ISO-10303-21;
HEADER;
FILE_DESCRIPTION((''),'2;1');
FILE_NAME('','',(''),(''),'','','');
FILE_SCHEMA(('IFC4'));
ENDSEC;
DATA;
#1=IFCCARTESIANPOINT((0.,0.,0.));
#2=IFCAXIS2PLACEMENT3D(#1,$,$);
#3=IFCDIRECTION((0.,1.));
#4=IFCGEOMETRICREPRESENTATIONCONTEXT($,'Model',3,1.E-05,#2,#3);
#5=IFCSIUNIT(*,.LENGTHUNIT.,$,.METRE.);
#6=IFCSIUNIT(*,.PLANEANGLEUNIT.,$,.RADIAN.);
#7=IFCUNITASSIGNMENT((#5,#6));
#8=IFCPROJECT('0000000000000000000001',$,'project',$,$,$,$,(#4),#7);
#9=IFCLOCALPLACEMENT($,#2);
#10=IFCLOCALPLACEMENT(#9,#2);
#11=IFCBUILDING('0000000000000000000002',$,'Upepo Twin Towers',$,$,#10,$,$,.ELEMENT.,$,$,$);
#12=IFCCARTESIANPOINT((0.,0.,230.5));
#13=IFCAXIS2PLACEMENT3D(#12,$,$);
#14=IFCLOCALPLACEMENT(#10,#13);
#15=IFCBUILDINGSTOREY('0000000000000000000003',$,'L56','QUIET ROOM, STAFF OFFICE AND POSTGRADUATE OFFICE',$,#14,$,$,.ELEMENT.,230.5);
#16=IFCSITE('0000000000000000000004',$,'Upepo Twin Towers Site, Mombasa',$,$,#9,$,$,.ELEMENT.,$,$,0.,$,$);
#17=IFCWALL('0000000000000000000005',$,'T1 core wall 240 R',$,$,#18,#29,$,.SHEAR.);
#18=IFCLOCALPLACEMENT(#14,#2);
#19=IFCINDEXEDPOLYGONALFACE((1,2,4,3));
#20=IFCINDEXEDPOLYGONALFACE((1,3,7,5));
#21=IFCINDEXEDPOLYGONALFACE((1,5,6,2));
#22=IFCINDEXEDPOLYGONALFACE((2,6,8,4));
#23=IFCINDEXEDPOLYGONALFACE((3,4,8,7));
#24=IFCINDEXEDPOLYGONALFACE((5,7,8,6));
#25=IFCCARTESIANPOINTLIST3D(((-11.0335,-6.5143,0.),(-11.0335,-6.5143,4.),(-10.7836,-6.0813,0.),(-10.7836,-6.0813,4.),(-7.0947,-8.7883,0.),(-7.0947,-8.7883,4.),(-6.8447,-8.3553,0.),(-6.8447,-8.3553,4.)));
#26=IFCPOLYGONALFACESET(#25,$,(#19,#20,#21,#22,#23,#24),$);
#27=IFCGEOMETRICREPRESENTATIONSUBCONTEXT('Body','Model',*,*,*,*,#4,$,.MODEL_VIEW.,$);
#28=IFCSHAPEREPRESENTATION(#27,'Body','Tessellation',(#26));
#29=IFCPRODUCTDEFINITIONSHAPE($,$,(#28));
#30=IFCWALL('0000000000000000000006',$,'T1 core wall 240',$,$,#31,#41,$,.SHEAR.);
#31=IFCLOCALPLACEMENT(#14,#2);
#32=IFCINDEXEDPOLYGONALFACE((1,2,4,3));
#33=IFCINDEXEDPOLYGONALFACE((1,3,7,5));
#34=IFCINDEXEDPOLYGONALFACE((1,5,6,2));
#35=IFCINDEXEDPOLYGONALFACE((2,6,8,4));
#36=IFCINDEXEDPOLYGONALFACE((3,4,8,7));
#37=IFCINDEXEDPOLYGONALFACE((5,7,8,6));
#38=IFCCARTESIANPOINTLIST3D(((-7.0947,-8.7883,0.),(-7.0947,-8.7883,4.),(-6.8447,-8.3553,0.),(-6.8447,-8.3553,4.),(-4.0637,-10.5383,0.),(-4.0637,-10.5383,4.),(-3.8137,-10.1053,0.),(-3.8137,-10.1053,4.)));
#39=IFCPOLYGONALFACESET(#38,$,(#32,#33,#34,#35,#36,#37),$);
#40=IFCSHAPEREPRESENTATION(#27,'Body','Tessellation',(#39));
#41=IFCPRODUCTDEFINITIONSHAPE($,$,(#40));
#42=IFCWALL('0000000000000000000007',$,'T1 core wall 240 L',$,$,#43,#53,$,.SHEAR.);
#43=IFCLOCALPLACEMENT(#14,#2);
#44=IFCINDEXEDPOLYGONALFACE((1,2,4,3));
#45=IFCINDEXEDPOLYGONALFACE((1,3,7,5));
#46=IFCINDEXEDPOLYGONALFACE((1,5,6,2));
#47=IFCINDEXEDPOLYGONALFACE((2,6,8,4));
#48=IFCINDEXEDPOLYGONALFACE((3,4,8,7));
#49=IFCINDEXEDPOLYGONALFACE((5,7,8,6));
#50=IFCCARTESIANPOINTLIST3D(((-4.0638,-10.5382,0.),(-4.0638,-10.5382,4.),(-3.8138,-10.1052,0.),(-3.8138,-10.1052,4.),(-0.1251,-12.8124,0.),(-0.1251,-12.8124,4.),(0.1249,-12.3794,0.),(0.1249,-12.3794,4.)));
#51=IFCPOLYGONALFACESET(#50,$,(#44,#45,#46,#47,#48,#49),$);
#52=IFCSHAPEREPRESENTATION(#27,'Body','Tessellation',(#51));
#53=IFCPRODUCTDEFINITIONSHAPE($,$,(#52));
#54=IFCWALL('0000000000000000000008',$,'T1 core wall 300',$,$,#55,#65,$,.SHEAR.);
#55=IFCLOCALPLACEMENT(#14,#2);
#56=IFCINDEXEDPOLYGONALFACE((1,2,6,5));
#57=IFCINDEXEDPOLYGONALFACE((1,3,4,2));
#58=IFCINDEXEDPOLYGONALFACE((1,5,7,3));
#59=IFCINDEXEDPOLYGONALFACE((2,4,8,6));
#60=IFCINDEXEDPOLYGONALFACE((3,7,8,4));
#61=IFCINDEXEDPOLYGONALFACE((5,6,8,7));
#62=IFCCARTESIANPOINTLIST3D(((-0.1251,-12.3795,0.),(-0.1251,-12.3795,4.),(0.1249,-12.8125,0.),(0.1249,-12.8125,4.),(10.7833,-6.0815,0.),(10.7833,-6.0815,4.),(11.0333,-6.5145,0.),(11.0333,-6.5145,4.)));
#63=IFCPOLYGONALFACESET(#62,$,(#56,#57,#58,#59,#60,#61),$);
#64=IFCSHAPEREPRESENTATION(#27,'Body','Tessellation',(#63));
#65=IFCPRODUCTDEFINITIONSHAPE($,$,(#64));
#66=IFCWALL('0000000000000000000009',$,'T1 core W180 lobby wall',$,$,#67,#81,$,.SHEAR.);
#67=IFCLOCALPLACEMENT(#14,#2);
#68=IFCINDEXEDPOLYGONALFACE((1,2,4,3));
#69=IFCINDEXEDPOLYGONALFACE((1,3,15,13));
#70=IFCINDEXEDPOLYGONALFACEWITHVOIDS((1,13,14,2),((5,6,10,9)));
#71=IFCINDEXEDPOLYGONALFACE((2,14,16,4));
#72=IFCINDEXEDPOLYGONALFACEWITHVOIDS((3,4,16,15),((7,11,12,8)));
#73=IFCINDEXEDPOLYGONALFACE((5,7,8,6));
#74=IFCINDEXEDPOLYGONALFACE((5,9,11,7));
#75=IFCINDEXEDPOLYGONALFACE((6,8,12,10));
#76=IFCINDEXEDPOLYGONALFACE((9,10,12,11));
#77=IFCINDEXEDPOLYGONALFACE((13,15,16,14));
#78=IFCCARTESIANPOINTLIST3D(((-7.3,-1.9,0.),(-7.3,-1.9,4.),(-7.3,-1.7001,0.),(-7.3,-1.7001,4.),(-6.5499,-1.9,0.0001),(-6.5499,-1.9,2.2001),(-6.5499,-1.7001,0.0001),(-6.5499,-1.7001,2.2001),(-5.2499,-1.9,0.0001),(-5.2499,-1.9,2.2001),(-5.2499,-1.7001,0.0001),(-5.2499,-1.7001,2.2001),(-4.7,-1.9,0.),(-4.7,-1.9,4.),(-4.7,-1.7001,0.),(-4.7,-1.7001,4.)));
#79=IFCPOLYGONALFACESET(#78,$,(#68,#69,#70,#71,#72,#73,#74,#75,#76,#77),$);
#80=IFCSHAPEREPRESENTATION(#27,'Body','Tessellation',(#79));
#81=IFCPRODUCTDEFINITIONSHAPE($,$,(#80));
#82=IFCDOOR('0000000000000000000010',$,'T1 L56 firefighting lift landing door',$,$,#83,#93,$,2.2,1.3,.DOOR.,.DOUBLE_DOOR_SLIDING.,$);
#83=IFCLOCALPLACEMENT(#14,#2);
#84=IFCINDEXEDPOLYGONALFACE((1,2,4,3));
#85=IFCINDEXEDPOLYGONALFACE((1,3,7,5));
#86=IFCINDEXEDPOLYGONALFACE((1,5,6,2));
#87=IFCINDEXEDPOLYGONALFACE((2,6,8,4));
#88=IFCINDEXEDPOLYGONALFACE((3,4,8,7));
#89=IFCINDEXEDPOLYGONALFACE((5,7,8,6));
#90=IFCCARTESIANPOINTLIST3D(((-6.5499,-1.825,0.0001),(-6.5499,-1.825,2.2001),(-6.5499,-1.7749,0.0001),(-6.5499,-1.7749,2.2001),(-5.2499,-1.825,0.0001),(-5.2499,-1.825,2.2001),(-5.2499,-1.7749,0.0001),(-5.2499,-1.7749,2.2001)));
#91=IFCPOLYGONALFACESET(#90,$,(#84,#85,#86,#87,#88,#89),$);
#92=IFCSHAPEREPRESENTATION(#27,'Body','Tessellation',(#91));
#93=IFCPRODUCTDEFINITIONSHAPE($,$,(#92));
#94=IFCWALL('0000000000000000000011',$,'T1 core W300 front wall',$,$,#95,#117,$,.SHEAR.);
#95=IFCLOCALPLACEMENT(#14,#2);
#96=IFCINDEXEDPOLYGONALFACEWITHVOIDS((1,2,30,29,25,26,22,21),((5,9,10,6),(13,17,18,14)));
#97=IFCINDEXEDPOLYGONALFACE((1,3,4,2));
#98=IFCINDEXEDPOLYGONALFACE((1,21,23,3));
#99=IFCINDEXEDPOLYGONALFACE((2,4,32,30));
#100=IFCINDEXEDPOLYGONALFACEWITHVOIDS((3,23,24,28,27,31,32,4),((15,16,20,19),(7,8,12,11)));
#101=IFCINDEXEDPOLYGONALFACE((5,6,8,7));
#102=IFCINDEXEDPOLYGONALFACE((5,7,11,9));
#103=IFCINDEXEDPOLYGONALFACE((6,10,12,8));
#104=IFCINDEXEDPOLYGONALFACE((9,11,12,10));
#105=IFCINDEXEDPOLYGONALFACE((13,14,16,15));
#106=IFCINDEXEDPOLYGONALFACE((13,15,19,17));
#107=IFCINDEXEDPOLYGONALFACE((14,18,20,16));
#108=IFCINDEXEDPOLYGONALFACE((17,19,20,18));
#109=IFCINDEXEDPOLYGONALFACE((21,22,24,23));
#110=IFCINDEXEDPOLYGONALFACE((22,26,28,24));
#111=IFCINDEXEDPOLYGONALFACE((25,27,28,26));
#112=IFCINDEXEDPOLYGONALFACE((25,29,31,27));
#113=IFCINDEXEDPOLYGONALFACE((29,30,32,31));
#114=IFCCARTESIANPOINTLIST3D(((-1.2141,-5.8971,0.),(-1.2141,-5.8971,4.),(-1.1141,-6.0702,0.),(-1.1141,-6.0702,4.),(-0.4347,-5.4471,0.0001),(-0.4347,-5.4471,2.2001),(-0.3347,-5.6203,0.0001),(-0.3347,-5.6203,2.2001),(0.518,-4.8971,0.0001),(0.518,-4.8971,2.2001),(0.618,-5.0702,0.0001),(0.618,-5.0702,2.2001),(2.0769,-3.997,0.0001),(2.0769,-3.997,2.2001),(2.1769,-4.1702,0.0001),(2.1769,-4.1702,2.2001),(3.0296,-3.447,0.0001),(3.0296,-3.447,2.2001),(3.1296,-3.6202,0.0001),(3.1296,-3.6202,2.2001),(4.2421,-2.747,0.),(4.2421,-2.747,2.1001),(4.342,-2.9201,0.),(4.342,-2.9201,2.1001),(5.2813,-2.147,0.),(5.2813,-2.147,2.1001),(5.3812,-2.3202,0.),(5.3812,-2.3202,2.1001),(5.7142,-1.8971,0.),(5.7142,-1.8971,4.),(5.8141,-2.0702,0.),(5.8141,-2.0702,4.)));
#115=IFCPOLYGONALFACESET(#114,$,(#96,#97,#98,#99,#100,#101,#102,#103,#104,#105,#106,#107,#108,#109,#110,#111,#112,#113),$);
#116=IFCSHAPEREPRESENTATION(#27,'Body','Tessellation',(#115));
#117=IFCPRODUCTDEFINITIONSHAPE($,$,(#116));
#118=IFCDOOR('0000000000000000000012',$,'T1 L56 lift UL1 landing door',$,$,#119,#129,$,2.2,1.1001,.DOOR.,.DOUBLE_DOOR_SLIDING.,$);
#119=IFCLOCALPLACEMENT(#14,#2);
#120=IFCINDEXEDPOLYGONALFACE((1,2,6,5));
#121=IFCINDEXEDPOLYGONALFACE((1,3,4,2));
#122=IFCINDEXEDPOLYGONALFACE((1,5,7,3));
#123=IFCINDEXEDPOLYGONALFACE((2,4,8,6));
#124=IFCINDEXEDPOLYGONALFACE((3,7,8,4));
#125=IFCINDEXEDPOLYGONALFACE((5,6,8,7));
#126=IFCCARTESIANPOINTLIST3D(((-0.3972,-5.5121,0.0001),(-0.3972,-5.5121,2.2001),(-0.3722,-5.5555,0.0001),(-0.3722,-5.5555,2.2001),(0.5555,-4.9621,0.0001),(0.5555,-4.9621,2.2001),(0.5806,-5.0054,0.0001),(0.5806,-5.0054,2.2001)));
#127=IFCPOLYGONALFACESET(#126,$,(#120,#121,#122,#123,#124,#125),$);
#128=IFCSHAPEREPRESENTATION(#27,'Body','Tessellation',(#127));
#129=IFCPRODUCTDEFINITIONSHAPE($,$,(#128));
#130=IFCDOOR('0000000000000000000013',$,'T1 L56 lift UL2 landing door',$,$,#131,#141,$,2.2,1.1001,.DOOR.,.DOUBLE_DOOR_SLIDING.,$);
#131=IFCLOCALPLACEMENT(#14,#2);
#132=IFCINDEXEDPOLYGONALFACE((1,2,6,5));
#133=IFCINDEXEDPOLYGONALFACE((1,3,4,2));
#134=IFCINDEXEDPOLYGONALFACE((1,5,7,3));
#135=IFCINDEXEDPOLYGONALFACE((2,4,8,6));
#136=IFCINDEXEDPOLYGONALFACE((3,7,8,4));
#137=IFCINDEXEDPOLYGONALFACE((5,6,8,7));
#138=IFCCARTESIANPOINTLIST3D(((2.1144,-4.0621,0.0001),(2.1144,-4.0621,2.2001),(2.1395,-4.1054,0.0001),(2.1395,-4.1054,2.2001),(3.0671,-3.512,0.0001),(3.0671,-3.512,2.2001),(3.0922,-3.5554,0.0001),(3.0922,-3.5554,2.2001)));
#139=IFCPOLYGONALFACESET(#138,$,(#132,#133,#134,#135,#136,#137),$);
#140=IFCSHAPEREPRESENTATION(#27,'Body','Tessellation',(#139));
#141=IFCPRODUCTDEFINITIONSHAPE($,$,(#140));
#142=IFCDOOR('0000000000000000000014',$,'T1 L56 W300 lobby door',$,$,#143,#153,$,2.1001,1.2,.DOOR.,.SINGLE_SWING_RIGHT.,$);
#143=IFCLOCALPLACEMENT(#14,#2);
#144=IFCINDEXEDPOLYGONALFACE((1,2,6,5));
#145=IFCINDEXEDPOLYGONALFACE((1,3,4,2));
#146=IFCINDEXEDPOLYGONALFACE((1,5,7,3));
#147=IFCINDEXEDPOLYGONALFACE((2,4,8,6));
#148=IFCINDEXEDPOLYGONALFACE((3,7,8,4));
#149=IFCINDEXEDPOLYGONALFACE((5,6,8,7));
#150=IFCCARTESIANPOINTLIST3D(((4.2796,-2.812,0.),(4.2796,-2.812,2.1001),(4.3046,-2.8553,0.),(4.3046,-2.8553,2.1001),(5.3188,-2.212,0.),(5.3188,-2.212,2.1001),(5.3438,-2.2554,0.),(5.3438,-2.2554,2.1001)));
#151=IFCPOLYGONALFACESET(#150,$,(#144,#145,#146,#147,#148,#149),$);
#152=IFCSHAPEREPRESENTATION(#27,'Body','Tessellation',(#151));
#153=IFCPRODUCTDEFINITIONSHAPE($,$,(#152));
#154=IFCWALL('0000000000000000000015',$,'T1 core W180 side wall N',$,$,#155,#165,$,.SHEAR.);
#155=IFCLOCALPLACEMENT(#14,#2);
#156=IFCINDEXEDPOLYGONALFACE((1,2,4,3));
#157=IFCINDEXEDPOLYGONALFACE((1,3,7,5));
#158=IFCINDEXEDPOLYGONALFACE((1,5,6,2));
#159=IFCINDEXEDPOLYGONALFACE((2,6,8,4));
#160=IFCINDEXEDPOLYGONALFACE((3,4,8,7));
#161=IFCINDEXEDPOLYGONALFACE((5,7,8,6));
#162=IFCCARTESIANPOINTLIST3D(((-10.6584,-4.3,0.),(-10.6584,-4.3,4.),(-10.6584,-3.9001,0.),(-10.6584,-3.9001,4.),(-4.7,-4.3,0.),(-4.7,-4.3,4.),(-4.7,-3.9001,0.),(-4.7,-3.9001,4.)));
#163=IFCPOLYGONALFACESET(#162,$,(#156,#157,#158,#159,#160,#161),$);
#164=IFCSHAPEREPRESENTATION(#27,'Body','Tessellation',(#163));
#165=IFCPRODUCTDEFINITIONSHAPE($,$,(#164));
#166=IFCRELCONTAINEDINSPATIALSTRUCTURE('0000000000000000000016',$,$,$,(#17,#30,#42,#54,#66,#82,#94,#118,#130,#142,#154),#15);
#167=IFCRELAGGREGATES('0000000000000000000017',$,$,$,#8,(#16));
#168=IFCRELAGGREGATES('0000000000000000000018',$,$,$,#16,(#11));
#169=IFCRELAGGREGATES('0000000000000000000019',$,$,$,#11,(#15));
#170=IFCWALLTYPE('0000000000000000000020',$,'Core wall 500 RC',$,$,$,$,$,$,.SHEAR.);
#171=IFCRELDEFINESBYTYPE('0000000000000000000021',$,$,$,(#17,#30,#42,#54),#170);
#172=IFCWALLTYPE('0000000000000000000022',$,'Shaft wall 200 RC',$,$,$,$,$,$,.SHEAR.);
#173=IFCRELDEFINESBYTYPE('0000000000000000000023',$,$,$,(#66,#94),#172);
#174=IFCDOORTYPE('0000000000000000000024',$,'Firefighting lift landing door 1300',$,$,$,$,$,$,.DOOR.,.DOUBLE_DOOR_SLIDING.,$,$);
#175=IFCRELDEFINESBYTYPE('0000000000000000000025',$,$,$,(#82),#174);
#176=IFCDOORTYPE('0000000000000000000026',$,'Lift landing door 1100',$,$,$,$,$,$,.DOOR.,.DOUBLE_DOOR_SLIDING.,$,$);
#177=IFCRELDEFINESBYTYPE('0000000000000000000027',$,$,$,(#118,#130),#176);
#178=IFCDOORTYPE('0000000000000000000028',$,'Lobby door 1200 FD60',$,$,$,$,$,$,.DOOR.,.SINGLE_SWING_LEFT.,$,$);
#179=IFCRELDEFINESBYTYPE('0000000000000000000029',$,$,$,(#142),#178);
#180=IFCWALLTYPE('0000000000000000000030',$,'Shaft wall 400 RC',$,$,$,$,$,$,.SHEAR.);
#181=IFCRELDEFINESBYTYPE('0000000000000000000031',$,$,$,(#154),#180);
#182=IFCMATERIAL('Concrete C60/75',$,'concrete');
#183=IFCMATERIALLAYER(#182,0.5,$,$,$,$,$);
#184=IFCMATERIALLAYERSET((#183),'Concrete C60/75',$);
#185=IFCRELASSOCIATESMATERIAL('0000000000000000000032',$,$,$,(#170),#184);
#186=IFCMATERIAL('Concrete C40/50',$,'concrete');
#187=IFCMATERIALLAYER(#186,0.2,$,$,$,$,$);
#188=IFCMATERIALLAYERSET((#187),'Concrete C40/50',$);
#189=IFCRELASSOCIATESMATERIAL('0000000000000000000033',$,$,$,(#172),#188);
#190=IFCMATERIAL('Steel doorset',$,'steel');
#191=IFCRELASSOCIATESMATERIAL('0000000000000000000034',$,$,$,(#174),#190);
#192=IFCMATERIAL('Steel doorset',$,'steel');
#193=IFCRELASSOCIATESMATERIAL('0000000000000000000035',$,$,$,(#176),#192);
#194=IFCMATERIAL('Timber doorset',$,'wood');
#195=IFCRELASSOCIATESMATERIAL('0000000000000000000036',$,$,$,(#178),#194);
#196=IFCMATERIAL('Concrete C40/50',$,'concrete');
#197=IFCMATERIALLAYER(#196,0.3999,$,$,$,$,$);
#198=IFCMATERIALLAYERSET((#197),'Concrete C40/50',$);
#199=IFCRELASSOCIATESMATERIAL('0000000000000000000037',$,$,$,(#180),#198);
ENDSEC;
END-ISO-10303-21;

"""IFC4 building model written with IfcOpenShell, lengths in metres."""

from ifc_helpers import new_model, si_unit, direction, frame, frame_2d, origin, place, context, subcontext, project, spatial, rectangle, extrude, material, layer, layer_set, type_object, element, fill, save


model = new_model("IFC4")

# Units and contexts
model_context = context("Model", 3, precision=1e-05, world=origin(), true_north=direction((0.0, 1.0)))
body_context = subcontext(model_context, "Body", "Model", "MODEL_VIEW")
ifc_project = project(units=[si_unit("LENGTHUNIT", "METRE"), si_unit("PLANEANGLEUNIT", "RADIAN")], contexts=[model_context])

# Site, building, storey
site_placement = place(None, origin())
site = spatial("IfcSite", under=ifc_project, at=site_placement, Name="Upepo Twin Towers Site, Mombasa", CompositionType="ELEMENT", RefElevation=0.0)
building_placement = place(site_placement, origin())
building = spatial("IfcBuilding", under=site, at=building_placement, Name="Upepo Twin Towers", CompositionType="ELEMENT")
storey_placement = place(building_placement, frame((0.0, 0.0, 230.5)))
storey = spatial("IfcBuildingStorey", under=building, at=storey_placement, Name="L56", Description="QUIET ROOM, STAFF OFFICE AND POSTGRADUATE OFFICE", CompositionType="ELEMENT", Elevation=230.5)

# Walls
ifc_material_1 = material(Name="Concrete C60/75", Category="concrete")
ifc_layer_1 = layer(ifc_material_1, 0.5)
ifc_layer_set_1 = layer_set([ifc_layer_1], Name="Concrete C60/75")
wall_type_1 = type_object("IfcWallType", Name="Core wall 500 RC", PredefinedType="SHEAR", material=ifc_layer_set_1)
wall_1_placement = place(storey_placement, frame((-10.9084, -6.2979, 0.0), z_axis=(0.0, 0.0, 1.0), x_axis=(0.866035, -0.499984, 0.0)))
element("IfcWall", 1, at=wall_1_placement, inside=storey, type_object=wall_type_1, Name="T1 core wall 240 R", PredefinedType="SHEAR", context=body_context, shape_type="SweptSolid", body=[
    extrude(rectangle(XDim=4.5481, YDim=0.5, at=frame_2d((2.2739, 0.0))), origin(), (0.0, 0.0, 1.0), 4.0),
])
wall_2_placement = place(storey_placement, frame((-6.9697, -8.5718, 0.0), z_axis=(0.0, 0.0, 1.0), x_axis=(0.866019, -0.50001, 0.0)))
element("IfcWall", 2, at=wall_2_placement, inside=storey, type_object=wall_type_1, Name="T1 core wall 240", PredefinedType="SHEAR", context=body_context, shape_type="SweptSolid", body=[
    extrude(rectangle(XDim=3.5, YDim=0.5, at=frame_2d((1.75, 0.0))), origin(), (0.0, 0.0, 1.0), 4.0),
])
wall_3_placement = place(storey_placement, frame((-3.9387, -10.3218, 0.0), z_axis=(0.0, 0.0, 1.0), x_axis=(0.866011, -0.500024, 0.0)))
element("IfcWall", 3, at=wall_3_placement, inside=storey, type_object=wall_type_1, Name="T1 core wall 240 L", PredefinedType="SHEAR", context=body_context, shape_type="SweptSolid", body=[
    extrude(rectangle(XDim=4.5481, YDim=0.5, at=frame_2d((2.2739, 0.0))), origin(), (0.0, 0.0, 1.0), 4.0),
])
wall_4_placement = place(storey_placement, frame((0.0, -12.5959, 0.0), z_axis=(0.0, 0.0, 1.0), x_axis=(0.866022, 0.500006, 0.0)))
element("IfcWall", 4, at=wall_4_placement, inside=storey, type_object=wall_type_1, Name="T1 core wall 300", PredefinedType="SHEAR", context=body_context, shape_type="SweptSolid", body=[
    extrude(rectangle(XDim=12.5959, YDim=0.5, at=frame_2d((6.2979, 0.0))), origin(), (0.0, 0.0, 1.0), 4.0),
])

# Wall, opening, door
ifc_material_2 = material(Name="Concrete C40/50", Category="concrete")
ifc_layer_2 = layer(ifc_material_2, 0.2)
ifc_layer_set_2 = layer_set([ifc_layer_2], Name="Concrete C40/50")
wall_type_2 = type_object("IfcWallType", Name="Shaft wall 200 RC", PredefinedType="SHEAR", material=ifc_layer_set_2)
wall_5_placement = place(storey_placement, frame((-4.7, -1.8, 0.0), z_axis=(0.0, 0.0, 1.0), x_axis=(-1.0, 0.0, 0.0)))
wall_5 = element("IfcWall", 5, at=wall_5_placement, inside=storey, type_object=wall_type_2, Name="T1 core W180 lobby wall", PredefinedType="SHEAR", context=body_context, shape_type="SweptSolid", body=[
    extrude(rectangle(XDim=2.6001, YDim=0.2, at=frame_2d((1.3, 0.0))), origin(), (0.0, 0.0, 1.0), 4.0),
])
opening_1_placement = place(wall_5_placement, frame((0.55, 0.0, 0.0)))
opening_1 = element("IfcOpeningElement", 6, at=opening_1_placement, cuts=wall_5, PredefinedType="OPENING", context=body_context, shape_type="SweptSolid", body=[
    extrude(rectangle(XDim=1.3, YDim=2.2, at=frame_2d((0.6499, 1.1001))), frame((0.0, 0.1099, 0.0), z_axis=(0.0, -1.0, 0.0), x_axis=(1.0, 0.0, 0.0)), (0.0, 0.0, 1.0), 0.22),
])
ifc_material_3 = material(Name="Steel doorset", Category="steel")
door_type_1 = type_object("IfcDoorType", Name="Firefighting lift landing door 1300", OperationType="DOUBLE_DOOR_SLIDING", PredefinedType="DOOR", material=ifc_material_3)
door_1_placement = place(opening_1_placement, origin())
door_1 = element("IfcDoor", 7, at=door_1_placement, inside=storey, type_object=door_type_1, Name="T1 L56 firefighting lift landing door", OperationType="DOUBLE_DOOR_SLIDING", OverallHeight=2.2, OverallWidth=1.3, PredefinedType="DOOR", context=body_context, shape_type="SweptSolid", body=[
    extrude(rectangle(XDim=1.3, YDim=2.2, at=frame_2d((0.6499, 1.1001))), frame((0.0, 0.0249, 0.0), z_axis=(0.0, -1.0, 0.0), x_axis=(1.0, 0.0, 0.0)), (0.0, 0.0, 1.0), 0.05),
])
fill(opening_1, door_1)

# Wall, openings, doors
wall_6_placement = place(storey_placement, frame((-1.1641, -5.9836, 0.0), z_axis=(0.0, 0.0, 1.0), x_axis=(0.866026, 0.499999, 0.0)))
wall_6 = element("IfcWall", 8, at=wall_6_placement, inside=storey, type_object=wall_type_2, Name="T1 core W300 front wall", PredefinedType="SHEAR", context=body_context, shape_type="SweptSolid", body=[
    extrude(rectangle(XDim=8.0, YDim=0.2, at=frame_2d((4.0, 0.0))), origin(), (0.0, 0.0, 1.0), 4.0),
])
opening_2_placement = place(wall_6_placement, frame((6.3, 0.0, 0.0)))
opening_2 = element("IfcOpeningElement", 9, at=opening_2_placement, cuts=wall_6, PredefinedType="OPENING", context=body_context, shape_type="SweptSolid", body=[
    extrude(rectangle(XDim=1.2, YDim=2.1001, at=frame_2d((0.6001, 1.05))), frame((0.0, 0.1099, 0.0), z_axis=(0.0, -1.0, 0.0), x_axis=(1.0, 0.0, 0.0)), (0.0, 0.0, 1.0), 0.22),
])
opening_3_placement = place(wall_6_placement, frame((0.8999, 0.0, 0.0)))
opening_3 = element("IfcOpeningElement", 10, at=opening_3_placement, cuts=wall_6, PredefinedType="OPENING", context=body_context, shape_type="SweptSolid", body=[
    extrude(rectangle(XDim=1.1001, YDim=2.2, at=frame_2d((0.55, 1.1001))), frame((0.0, 0.1099, 0.0), z_axis=(0.0, -1.0, 0.0), x_axis=(1.0, 0.0, 0.0)), (0.0, 0.0, 1.0), 0.22),
])
opening_4_placement = place(wall_6_placement, frame((3.8, 0.0, 0.0)))
opening_4 = element("IfcOpeningElement", 11, at=opening_4_placement, cuts=wall_6, PredefinedType="OPENING", context=body_context, shape_type="SweptSolid", body=[
    extrude(rectangle(XDim=1.1001, YDim=2.2, at=frame_2d((0.55, 1.1001))), frame((0.0, 0.1099, 0.0), z_axis=(0.0, -1.0, 0.0), x_axis=(1.0, 0.0, 0.0)), (0.0, 0.0, 1.0), 0.22),
])
ifc_material_4 = material(Name="Steel doorset", Category="steel")
door_type_2 = type_object("IfcDoorType", Name="Lift landing door 1100", OperationType="DOUBLE_DOOR_SLIDING", PredefinedType="DOOR", material=ifc_material_4)
door_2_placement = place(opening_3_placement, origin())
door_2 = element("IfcDoor", 12, at=door_2_placement, inside=storey, type_object=door_type_2, Name="T1 L56 lift UL1 landing door", OperationType="DOUBLE_DOOR_SLIDING", OverallHeight=2.2, OverallWidth=1.1001, PredefinedType="DOOR", context=body_context, shape_type="SweptSolid", body=[
    extrude(rectangle(XDim=1.1001, YDim=2.2, at=frame_2d((0.55, 1.1001))), frame((0.0, 0.0249, 0.0), z_axis=(0.0, -1.0, 0.0), x_axis=(1.0, 0.0, 0.0)), (0.0, 0.0, 1.0), 0.05),
])
fill(opening_3, door_2)
door_3_placement = place(opening_4_placement, origin())
door_3 = element("IfcDoor", 13, at=door_3_placement, inside=storey, type_object=door_type_2, Name="T1 L56 lift UL2 landing door", OperationType="DOUBLE_DOOR_SLIDING", OverallHeight=2.2, OverallWidth=1.1001, PredefinedType="DOOR", context=body_context, shape_type="SweptSolid", body=[
    extrude(rectangle(XDim=1.1001, YDim=2.2, at=frame_2d((0.55, 1.1001))), frame((0.0, 0.0249, 0.0), z_axis=(0.0, -1.0, 0.0), x_axis=(1.0, 0.0, 0.0)), (0.0, 0.0, 1.0), 0.05),
])
fill(opening_4, door_3)
ifc_material_5 = material(Name="Timber doorset", Category="wood")
door_type_3 = type_object("IfcDoorType", Name="Lobby door 1200 FD60", OperationType="SINGLE_SWING_LEFT", PredefinedType="DOOR", material=ifc_material_5)
door_4_placement = place(opening_2_placement, origin())
door_4 = element("IfcDoor", 14, at=door_4_placement, inside=storey, type_object=door_type_3, Name="T1 L56 W300 lobby door", OperationType="SINGLE_SWING_RIGHT", OverallHeight=2.1001, OverallWidth=1.2, PredefinedType="DOOR", context=body_context, shape_type="SweptSolid", body=[
    extrude(rectangle(XDim=1.2, YDim=2.1001, at=frame_2d((0.6001, 1.05))), frame((0.0, 0.0249, 0.0), z_axis=(0.0, -1.0, 0.0), x_axis=(1.0, 0.0, 0.0)), (0.0, 0.0, 1.0), 0.05),
])
fill(opening_2, door_4)

# Wall
ifc_material_6 = material(Name="Concrete C40/50", Category="concrete")
ifc_layer_3 = layer(ifc_material_6, 0.3999)
ifc_layer_set_3 = layer_set([ifc_layer_3], Name="Concrete C40/50")
wall_type_3 = type_object("IfcWallType", Name="Shaft wall 400 RC", PredefinedType="SHEAR", material=ifc_layer_set_3)
wall_7_placement = place(storey_placement, frame((-4.7, -4.1001, 0.0), z_axis=(0.0, 0.0, 1.0), x_axis=(-1.0, 0.0, 0.0)))
element("IfcWall", 15, at=wall_7_placement, inside=storey, type_object=wall_type_3, Name="T1 core W180 side wall N", PredefinedType="SHEAR", context=body_context, shape_type="SweptSolid", body=[
    extrude(rectangle(XDim=5.9585, YDim=0.3999, at=frame_2d((2.9792, 0.0))), origin(), (0.0, 0.0, 1.0), 4.0),
])

save(model, "model.ifc")
